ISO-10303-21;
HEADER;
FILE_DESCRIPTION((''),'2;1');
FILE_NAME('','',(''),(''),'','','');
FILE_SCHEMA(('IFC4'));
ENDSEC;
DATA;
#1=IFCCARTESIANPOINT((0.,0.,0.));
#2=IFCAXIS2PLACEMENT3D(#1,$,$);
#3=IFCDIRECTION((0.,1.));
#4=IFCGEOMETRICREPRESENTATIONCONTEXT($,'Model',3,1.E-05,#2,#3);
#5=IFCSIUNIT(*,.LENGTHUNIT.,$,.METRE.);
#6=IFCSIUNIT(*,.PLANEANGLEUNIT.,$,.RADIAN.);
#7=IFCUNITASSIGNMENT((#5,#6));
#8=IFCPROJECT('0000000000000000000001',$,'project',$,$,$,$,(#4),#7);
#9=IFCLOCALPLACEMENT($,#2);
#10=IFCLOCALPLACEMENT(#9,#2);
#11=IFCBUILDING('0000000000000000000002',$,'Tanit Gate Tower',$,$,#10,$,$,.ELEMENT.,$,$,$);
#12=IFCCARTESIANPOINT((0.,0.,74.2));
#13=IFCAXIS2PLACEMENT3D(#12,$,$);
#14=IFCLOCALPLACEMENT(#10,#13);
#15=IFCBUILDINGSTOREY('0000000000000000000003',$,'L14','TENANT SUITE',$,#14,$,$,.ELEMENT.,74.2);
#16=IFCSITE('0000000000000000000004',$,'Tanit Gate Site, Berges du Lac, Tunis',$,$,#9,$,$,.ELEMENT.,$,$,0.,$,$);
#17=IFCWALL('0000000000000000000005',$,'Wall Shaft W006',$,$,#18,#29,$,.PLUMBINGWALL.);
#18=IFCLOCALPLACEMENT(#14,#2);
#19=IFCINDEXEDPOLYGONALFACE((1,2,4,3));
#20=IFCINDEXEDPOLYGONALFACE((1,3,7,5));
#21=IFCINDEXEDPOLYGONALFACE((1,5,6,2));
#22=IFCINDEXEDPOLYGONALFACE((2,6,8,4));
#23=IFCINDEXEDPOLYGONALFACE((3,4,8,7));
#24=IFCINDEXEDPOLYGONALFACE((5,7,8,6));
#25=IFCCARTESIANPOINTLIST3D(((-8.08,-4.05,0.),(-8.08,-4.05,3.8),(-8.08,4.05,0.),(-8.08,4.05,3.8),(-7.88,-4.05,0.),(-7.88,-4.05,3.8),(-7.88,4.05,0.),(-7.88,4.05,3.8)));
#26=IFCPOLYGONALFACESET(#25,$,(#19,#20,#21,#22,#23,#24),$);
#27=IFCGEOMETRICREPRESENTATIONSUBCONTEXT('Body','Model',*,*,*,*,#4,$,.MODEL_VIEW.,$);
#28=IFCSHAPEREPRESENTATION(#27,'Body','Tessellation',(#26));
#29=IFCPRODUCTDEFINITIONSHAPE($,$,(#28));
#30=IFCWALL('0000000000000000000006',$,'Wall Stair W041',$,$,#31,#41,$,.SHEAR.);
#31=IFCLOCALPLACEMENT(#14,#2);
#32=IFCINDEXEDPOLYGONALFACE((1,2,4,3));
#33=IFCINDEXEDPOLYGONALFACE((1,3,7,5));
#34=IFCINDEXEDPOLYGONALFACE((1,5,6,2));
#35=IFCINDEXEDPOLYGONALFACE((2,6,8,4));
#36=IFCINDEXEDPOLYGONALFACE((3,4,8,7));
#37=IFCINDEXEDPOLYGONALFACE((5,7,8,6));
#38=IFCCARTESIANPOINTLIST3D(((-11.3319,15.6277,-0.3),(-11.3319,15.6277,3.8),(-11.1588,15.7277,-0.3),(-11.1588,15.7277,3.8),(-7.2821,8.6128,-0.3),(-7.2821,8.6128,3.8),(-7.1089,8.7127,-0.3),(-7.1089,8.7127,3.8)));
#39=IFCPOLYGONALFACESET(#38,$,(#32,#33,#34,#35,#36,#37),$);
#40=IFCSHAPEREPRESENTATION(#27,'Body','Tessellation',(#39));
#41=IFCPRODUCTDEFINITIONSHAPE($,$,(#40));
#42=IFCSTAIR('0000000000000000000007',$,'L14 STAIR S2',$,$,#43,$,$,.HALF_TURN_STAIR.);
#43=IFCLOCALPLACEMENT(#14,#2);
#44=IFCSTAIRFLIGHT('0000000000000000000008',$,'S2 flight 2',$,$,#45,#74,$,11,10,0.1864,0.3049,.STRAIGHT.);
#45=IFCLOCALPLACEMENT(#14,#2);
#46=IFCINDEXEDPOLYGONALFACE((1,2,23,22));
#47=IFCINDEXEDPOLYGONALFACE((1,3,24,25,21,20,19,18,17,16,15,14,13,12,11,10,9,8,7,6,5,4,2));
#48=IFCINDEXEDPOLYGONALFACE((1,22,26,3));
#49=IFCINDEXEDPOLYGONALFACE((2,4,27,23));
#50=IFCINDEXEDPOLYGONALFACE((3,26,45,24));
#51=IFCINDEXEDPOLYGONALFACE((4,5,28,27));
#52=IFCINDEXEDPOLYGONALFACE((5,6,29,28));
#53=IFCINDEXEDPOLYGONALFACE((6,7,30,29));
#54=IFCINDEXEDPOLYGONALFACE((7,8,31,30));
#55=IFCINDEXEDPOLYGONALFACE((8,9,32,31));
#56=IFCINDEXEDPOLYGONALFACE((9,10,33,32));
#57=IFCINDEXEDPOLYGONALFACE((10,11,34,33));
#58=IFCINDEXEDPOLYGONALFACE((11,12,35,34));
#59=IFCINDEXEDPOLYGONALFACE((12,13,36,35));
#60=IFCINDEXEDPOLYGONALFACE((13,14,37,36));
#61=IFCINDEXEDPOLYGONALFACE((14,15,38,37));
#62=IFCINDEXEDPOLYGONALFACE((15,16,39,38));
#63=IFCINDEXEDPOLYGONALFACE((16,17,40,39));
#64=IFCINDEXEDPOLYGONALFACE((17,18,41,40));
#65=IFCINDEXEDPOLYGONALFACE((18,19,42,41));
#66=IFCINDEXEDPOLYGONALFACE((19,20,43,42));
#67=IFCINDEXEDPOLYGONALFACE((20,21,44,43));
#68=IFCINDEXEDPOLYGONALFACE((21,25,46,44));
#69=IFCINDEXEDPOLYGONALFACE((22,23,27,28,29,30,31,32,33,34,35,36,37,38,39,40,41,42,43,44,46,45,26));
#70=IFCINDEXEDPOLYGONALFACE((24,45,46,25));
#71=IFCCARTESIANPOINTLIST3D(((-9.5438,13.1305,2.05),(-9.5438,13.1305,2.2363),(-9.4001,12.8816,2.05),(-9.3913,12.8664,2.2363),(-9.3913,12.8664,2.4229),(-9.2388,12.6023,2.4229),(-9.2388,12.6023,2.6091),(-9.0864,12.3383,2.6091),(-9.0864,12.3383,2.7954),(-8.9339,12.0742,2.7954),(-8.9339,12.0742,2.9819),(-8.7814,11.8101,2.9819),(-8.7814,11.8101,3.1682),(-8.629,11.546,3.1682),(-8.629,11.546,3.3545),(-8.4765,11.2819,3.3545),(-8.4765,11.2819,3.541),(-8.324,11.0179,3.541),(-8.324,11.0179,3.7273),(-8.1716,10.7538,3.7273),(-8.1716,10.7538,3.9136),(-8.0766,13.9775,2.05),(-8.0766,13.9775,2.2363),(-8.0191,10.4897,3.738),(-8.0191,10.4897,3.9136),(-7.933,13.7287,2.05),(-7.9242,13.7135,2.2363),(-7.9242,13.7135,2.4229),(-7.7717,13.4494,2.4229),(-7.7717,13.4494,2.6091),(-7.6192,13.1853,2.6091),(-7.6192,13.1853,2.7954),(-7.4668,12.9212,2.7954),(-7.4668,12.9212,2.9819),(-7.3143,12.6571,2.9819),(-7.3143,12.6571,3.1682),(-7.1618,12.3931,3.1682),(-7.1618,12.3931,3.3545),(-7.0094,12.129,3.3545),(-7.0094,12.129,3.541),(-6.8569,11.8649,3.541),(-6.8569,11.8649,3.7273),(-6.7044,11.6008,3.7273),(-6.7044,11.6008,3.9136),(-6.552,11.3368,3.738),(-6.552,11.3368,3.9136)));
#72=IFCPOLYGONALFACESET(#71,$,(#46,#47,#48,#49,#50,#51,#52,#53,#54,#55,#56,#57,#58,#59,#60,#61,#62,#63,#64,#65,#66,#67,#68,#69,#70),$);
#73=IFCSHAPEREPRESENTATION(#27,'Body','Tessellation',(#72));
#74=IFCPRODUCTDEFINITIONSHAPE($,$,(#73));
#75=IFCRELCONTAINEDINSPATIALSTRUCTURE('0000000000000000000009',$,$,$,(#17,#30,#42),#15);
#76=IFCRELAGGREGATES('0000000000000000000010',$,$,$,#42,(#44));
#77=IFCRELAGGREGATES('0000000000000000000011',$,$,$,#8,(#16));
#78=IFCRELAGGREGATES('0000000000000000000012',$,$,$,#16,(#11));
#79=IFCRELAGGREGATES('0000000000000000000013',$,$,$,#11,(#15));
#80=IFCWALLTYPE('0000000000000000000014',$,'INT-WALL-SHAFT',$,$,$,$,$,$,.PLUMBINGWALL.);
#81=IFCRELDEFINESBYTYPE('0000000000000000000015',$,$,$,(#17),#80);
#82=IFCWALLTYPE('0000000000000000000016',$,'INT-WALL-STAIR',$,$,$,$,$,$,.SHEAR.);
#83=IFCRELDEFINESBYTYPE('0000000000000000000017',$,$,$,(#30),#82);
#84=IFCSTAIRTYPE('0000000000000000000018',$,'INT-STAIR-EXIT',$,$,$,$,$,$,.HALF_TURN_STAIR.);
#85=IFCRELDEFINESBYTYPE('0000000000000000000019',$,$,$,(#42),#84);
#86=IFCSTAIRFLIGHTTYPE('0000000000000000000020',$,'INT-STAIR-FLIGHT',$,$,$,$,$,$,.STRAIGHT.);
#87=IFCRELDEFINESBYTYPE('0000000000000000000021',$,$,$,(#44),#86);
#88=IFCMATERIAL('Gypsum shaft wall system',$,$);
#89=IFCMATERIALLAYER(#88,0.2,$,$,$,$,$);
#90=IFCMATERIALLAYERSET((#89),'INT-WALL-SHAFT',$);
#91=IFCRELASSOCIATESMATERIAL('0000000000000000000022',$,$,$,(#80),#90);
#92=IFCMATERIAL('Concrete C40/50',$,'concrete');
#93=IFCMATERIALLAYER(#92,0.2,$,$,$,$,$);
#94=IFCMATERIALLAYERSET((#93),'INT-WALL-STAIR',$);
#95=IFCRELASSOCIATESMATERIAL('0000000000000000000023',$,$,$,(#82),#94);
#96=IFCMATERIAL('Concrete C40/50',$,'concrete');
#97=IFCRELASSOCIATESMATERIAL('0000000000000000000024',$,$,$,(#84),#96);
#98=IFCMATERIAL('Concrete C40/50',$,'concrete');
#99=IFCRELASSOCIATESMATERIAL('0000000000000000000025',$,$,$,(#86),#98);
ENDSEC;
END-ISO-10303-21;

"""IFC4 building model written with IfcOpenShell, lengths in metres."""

from ifc_helpers import new_model, si_unit, direction, frame, frame_2d, origin, place, context, subcontext, project, spatial, polyline, rectangle, outline, extrude, material, layer, layer_set, type_object, element, aggregate, save


model = new_model("IFC4")

# Units and contexts
model_context = context("Model", 3, precision=1e-05, world=origin(), true_north=direction((0.0, 1.0)))
body_context = subcontext(model_context, "Body", "Model", "MODEL_VIEW")
ifc_project = project(units=[si_unit("LENGTHUNIT", "METRE"), si_unit("PLANEANGLEUNIT", "RADIAN")], contexts=[model_context])

# Site, building, storey
site_placement = place(None, origin())
site = spatial("IfcSite", under=ifc_project, at=site_placement, Name="Tanit Gate Site, Berges du Lac, Tunis", CompositionType="ELEMENT", RefElevation=0.0)
building_placement = place(site_placement, origin())
building = spatial("IfcBuilding", under=site, at=building_placement, Name="Tanit Gate Tower", CompositionType="ELEMENT")
storey_placement = place(building_placement, frame((0.0, 0.0, 74.2)))
storey = spatial("IfcBuildingStorey", under=building, at=storey_placement, Name="L14", Description="TENANT SUITE", CompositionType="ELEMENT", Elevation=74.2)

# Walls
ifc_material_1 = material(Name="Gypsum shaft wall system")
ifc_layer_1 = layer(ifc_material_1, 0.2)
ifc_layer_set_1 = layer_set([ifc_layer_1], Name="INT-WALL-SHAFT")
wall_type_1 = type_object("IfcWallType", Name="INT-WALL-SHAFT", PredefinedType="PLUMBINGWALL", material=ifc_layer_set_1)
wall_1_placement = place(storey_placement, frame((-7.98, 4.05, 0.0), z_axis=(0.0, 0.0, 1.0), x_axis=(0.0, -1.0, 0.0)))
element("IfcWall", 1, at=wall_1_placement, inside=storey, type_object=wall_type_1, Name="Wall Shaft W006", PredefinedType="PLUMBINGWALL", context=body_context, shape_type="SweptSolid", body=[
    extrude(rectangle(XDim=8.1001, YDim=0.2, at=frame_2d((4.05, 0.0))), origin(), (0.0, 0.0, 1.0), 3.8),
])
ifc_material_2 = material(Name="Concrete C40/50", Category="concrete")
ifc_layer_2 = layer(ifc_material_2, 0.2)
ifc_layer_set_2 = layer_set([ifc_layer_2], Name="INT-WALL-STAIR")
wall_type_2 = type_object("IfcWallType", Name="INT-WALL-STAIR", PredefinedType="SHEAR", material=ifc_layer_set_2)
wall_2_placement = place(storey_placement, frame((-11.2454, 15.6777, -0.3), z_axis=(0.0, 0.0, 1.0), x_axis=(0.499977, -0.866039, 0.0)))
element("IfcWall", 2, at=wall_2_placement, inside=storey, type_object=wall_type_2, Name="Wall Stair W041", PredefinedType="SHEAR", context=body_context, shape_type="SweptSolid", body=[
    extrude(rectangle(XDim=8.1001, YDim=0.2, at=frame_2d((4.05, 0.0))), origin(), (0.0, 0.0, 1.0), 4.1001),
])

# Stair, stair flight
ifc_material_3 = material(Name="Concrete C40/50", Category="concrete")
stair_type = type_object("IfcStairType", Name="INT-STAIR-EXIT", PredefinedType="HALF_TURN_STAIR", material=ifc_material_3)
stair_placement = place(storey_placement, origin())
stair = element("IfcStair", 3, at=stair_placement, inside=storey, type_object=stair_type, Name="L14 STAIR S2", PredefinedType="HALF_TURN_STAIR")
ifc_material_4 = material(Name="Concrete C40/50", Category="concrete")
stair_flight_type = type_object("IfcStairFlightType", Name="INT-STAIR-FLIGHT", PredefinedType="STRAIGHT", material=ifc_material_4)
stair_flight_placement = place(storey_placement, frame((-8.8103, 13.554, 2.05), z_axis=(0.0, 0.0, 1.0), x_axis=(0.5, -0.866025, 0.0)))
stair_flight = element("IfcStairFlight", 4, at=stair_flight_placement, type_object=stair_flight_type, Name="S2 flight 2", NumberOfRisers=11, NumberOfTreads=10, PredefinedType="STRAIGHT", RiserHeight=0.1864, TreadLength=0.3049, context=body_context, shape_type="SweptSolid", body=[
    extrude(outline(polyline([(0.0, 0.0), (0.0, 0.1863), (0.3049, 0.1863), (0.3049, 0.3728), (0.6099, 0.3728), (0.6099, 0.5591), (0.9148, 0.5591), (0.9148, 0.7454), (1.2197, 0.7454), (1.2197, 0.9319), (1.5247, 0.9319), (1.5247, 1.1182), (1.8296, 1.1182), (1.8296, 1.3044), (2.1345, 1.3044), (2.1345, 1.491), (2.4395, 1.491), (2.4395, 1.6772), (2.7444, 1.6772), (2.7444, 1.8635), (3.0493, 1.8635), (3.0493, 2.05), (3.0493, 1.688), (0.2874, 0.0), (0.0, 0.0)])), frame((0.0, 0.8472, 0.0), z_axis=(0.0, -1.0, 0.0), x_axis=(1.0, 0.0, 0.0)), (0.0, 0.0, 1.0), 1.6941),
])
aggregate(stair, [stair_flight])

save(model, "model.ifc")
